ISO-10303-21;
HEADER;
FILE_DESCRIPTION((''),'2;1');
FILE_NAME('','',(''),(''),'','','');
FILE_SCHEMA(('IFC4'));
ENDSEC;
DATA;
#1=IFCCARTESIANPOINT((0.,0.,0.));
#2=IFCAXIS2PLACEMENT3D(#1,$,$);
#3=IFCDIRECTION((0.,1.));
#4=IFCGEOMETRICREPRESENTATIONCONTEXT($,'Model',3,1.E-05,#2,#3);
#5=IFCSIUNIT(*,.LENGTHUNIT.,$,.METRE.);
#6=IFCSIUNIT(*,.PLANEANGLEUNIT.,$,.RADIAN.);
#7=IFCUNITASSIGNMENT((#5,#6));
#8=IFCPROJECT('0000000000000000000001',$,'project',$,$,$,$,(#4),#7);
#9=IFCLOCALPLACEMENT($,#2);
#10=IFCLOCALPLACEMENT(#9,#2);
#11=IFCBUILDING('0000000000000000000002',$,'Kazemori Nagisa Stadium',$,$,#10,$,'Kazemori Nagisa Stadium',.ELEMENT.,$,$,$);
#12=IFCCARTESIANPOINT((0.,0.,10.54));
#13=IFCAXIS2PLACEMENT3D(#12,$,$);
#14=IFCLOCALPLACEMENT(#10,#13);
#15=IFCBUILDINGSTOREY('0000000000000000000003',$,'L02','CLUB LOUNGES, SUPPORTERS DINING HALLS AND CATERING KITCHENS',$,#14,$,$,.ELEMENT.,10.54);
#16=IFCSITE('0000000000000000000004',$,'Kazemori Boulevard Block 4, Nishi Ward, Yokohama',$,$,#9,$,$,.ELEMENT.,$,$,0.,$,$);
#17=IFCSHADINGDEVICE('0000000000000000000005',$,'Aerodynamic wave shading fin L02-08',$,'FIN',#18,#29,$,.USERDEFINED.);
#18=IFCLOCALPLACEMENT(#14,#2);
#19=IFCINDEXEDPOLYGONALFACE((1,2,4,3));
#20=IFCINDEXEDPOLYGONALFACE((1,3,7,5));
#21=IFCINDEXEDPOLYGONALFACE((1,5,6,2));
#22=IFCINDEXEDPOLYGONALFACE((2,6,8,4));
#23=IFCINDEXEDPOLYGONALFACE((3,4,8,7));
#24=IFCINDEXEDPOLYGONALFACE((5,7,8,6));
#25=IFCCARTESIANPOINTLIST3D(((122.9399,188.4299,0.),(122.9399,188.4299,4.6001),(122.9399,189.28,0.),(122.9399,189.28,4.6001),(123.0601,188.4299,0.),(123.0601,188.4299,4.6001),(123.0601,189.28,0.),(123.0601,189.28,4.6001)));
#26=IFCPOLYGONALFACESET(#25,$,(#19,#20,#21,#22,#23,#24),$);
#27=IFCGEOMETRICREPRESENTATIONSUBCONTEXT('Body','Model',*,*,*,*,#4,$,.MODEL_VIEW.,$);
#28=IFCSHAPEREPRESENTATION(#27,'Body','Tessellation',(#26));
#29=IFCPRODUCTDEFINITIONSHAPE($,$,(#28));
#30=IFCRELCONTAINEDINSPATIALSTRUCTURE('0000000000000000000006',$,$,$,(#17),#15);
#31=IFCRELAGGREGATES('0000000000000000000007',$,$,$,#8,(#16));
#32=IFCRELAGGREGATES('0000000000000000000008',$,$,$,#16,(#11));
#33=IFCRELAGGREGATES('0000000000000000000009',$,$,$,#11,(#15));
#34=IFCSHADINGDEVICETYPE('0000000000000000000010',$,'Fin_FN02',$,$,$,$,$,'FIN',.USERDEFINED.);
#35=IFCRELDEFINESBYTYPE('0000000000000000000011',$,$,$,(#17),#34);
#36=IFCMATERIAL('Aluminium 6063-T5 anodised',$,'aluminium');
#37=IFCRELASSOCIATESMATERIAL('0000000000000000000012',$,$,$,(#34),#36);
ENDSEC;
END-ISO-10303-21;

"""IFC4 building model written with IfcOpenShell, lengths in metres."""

from ifc_helpers import new_model, si_unit, direction, frame, origin, origin_2d, place, context, subcontext, project, spatial, rectangle, extrude, material, type_object, element, save


model = new_model("IFC4")

# Units and contexts
model_context = context("Model", 3, precision=1e-05, world=origin(), true_north=direction((0.0, 1.0)))
body_context = subcontext(model_context, "Body", "Model", "MODEL_VIEW")
ifc_project = project(units=[si_unit("LENGTHUNIT", "METRE"), si_unit("PLANEANGLEUNIT", "RADIAN")], contexts=[model_context])

# Site, building, storey
site_placement = place(None, origin())
site = spatial("IfcSite", under=ifc_project, at=site_placement, Name="Kazemori Boulevard Block 4, Nishi Ward, Yokohama", CompositionType="ELEMENT", RefElevation=0.0)
building_placement = place(site_placement, origin())
building = spatial("IfcBuilding", under=site, at=building_placement, Name="Kazemori Nagisa Stadium", LongName="Kazemori Nagisa Stadium", CompositionType="ELEMENT")
storey_placement = place(building_placement, frame((0.0, 0.0, 10.54)))
storey = spatial("IfcBuildingStorey", under=building, at=storey_placement, Name="L02", Description="CLUB LOUNGES, SUPPORTERS DINING HALLS AND CATERING KITCHENS", CompositionType="ELEMENT", Elevation=10.54)

# Shared definitions
ifc_material_1 = material(Name="Aluminium 6063-T5 anodised", Category="aluminium")

# Shading device
shading_device_type = type_object("IfcShadingDeviceType", Name="Fin_FN02", ElementType="FIN", PredefinedType="USERDEFINED", material=ifc_material_1)
shading_device_placement = place(storey_placement, frame((123.0, 188.855, 0.0), z_axis=(0.0, 0.0, 1.0), x_axis=(0.0, 1.0, 0.0)))
element("IfcShadingDevice", 1, at=shading_device_placement, inside=storey, type_object=shading_device_type, Name="Aerodynamic wave shading fin L02-08", ObjectType="FIN", PredefinedType="USERDEFINED", context=body_context, shape_type="SweptSolid", body=[
    extrude(rectangle(XDim=0.8501, YDim=0.1201, at=origin_2d()), origin(), (0.0, 0.0, 1.0), 4.6001),
])

save(model, "model.ifc")
